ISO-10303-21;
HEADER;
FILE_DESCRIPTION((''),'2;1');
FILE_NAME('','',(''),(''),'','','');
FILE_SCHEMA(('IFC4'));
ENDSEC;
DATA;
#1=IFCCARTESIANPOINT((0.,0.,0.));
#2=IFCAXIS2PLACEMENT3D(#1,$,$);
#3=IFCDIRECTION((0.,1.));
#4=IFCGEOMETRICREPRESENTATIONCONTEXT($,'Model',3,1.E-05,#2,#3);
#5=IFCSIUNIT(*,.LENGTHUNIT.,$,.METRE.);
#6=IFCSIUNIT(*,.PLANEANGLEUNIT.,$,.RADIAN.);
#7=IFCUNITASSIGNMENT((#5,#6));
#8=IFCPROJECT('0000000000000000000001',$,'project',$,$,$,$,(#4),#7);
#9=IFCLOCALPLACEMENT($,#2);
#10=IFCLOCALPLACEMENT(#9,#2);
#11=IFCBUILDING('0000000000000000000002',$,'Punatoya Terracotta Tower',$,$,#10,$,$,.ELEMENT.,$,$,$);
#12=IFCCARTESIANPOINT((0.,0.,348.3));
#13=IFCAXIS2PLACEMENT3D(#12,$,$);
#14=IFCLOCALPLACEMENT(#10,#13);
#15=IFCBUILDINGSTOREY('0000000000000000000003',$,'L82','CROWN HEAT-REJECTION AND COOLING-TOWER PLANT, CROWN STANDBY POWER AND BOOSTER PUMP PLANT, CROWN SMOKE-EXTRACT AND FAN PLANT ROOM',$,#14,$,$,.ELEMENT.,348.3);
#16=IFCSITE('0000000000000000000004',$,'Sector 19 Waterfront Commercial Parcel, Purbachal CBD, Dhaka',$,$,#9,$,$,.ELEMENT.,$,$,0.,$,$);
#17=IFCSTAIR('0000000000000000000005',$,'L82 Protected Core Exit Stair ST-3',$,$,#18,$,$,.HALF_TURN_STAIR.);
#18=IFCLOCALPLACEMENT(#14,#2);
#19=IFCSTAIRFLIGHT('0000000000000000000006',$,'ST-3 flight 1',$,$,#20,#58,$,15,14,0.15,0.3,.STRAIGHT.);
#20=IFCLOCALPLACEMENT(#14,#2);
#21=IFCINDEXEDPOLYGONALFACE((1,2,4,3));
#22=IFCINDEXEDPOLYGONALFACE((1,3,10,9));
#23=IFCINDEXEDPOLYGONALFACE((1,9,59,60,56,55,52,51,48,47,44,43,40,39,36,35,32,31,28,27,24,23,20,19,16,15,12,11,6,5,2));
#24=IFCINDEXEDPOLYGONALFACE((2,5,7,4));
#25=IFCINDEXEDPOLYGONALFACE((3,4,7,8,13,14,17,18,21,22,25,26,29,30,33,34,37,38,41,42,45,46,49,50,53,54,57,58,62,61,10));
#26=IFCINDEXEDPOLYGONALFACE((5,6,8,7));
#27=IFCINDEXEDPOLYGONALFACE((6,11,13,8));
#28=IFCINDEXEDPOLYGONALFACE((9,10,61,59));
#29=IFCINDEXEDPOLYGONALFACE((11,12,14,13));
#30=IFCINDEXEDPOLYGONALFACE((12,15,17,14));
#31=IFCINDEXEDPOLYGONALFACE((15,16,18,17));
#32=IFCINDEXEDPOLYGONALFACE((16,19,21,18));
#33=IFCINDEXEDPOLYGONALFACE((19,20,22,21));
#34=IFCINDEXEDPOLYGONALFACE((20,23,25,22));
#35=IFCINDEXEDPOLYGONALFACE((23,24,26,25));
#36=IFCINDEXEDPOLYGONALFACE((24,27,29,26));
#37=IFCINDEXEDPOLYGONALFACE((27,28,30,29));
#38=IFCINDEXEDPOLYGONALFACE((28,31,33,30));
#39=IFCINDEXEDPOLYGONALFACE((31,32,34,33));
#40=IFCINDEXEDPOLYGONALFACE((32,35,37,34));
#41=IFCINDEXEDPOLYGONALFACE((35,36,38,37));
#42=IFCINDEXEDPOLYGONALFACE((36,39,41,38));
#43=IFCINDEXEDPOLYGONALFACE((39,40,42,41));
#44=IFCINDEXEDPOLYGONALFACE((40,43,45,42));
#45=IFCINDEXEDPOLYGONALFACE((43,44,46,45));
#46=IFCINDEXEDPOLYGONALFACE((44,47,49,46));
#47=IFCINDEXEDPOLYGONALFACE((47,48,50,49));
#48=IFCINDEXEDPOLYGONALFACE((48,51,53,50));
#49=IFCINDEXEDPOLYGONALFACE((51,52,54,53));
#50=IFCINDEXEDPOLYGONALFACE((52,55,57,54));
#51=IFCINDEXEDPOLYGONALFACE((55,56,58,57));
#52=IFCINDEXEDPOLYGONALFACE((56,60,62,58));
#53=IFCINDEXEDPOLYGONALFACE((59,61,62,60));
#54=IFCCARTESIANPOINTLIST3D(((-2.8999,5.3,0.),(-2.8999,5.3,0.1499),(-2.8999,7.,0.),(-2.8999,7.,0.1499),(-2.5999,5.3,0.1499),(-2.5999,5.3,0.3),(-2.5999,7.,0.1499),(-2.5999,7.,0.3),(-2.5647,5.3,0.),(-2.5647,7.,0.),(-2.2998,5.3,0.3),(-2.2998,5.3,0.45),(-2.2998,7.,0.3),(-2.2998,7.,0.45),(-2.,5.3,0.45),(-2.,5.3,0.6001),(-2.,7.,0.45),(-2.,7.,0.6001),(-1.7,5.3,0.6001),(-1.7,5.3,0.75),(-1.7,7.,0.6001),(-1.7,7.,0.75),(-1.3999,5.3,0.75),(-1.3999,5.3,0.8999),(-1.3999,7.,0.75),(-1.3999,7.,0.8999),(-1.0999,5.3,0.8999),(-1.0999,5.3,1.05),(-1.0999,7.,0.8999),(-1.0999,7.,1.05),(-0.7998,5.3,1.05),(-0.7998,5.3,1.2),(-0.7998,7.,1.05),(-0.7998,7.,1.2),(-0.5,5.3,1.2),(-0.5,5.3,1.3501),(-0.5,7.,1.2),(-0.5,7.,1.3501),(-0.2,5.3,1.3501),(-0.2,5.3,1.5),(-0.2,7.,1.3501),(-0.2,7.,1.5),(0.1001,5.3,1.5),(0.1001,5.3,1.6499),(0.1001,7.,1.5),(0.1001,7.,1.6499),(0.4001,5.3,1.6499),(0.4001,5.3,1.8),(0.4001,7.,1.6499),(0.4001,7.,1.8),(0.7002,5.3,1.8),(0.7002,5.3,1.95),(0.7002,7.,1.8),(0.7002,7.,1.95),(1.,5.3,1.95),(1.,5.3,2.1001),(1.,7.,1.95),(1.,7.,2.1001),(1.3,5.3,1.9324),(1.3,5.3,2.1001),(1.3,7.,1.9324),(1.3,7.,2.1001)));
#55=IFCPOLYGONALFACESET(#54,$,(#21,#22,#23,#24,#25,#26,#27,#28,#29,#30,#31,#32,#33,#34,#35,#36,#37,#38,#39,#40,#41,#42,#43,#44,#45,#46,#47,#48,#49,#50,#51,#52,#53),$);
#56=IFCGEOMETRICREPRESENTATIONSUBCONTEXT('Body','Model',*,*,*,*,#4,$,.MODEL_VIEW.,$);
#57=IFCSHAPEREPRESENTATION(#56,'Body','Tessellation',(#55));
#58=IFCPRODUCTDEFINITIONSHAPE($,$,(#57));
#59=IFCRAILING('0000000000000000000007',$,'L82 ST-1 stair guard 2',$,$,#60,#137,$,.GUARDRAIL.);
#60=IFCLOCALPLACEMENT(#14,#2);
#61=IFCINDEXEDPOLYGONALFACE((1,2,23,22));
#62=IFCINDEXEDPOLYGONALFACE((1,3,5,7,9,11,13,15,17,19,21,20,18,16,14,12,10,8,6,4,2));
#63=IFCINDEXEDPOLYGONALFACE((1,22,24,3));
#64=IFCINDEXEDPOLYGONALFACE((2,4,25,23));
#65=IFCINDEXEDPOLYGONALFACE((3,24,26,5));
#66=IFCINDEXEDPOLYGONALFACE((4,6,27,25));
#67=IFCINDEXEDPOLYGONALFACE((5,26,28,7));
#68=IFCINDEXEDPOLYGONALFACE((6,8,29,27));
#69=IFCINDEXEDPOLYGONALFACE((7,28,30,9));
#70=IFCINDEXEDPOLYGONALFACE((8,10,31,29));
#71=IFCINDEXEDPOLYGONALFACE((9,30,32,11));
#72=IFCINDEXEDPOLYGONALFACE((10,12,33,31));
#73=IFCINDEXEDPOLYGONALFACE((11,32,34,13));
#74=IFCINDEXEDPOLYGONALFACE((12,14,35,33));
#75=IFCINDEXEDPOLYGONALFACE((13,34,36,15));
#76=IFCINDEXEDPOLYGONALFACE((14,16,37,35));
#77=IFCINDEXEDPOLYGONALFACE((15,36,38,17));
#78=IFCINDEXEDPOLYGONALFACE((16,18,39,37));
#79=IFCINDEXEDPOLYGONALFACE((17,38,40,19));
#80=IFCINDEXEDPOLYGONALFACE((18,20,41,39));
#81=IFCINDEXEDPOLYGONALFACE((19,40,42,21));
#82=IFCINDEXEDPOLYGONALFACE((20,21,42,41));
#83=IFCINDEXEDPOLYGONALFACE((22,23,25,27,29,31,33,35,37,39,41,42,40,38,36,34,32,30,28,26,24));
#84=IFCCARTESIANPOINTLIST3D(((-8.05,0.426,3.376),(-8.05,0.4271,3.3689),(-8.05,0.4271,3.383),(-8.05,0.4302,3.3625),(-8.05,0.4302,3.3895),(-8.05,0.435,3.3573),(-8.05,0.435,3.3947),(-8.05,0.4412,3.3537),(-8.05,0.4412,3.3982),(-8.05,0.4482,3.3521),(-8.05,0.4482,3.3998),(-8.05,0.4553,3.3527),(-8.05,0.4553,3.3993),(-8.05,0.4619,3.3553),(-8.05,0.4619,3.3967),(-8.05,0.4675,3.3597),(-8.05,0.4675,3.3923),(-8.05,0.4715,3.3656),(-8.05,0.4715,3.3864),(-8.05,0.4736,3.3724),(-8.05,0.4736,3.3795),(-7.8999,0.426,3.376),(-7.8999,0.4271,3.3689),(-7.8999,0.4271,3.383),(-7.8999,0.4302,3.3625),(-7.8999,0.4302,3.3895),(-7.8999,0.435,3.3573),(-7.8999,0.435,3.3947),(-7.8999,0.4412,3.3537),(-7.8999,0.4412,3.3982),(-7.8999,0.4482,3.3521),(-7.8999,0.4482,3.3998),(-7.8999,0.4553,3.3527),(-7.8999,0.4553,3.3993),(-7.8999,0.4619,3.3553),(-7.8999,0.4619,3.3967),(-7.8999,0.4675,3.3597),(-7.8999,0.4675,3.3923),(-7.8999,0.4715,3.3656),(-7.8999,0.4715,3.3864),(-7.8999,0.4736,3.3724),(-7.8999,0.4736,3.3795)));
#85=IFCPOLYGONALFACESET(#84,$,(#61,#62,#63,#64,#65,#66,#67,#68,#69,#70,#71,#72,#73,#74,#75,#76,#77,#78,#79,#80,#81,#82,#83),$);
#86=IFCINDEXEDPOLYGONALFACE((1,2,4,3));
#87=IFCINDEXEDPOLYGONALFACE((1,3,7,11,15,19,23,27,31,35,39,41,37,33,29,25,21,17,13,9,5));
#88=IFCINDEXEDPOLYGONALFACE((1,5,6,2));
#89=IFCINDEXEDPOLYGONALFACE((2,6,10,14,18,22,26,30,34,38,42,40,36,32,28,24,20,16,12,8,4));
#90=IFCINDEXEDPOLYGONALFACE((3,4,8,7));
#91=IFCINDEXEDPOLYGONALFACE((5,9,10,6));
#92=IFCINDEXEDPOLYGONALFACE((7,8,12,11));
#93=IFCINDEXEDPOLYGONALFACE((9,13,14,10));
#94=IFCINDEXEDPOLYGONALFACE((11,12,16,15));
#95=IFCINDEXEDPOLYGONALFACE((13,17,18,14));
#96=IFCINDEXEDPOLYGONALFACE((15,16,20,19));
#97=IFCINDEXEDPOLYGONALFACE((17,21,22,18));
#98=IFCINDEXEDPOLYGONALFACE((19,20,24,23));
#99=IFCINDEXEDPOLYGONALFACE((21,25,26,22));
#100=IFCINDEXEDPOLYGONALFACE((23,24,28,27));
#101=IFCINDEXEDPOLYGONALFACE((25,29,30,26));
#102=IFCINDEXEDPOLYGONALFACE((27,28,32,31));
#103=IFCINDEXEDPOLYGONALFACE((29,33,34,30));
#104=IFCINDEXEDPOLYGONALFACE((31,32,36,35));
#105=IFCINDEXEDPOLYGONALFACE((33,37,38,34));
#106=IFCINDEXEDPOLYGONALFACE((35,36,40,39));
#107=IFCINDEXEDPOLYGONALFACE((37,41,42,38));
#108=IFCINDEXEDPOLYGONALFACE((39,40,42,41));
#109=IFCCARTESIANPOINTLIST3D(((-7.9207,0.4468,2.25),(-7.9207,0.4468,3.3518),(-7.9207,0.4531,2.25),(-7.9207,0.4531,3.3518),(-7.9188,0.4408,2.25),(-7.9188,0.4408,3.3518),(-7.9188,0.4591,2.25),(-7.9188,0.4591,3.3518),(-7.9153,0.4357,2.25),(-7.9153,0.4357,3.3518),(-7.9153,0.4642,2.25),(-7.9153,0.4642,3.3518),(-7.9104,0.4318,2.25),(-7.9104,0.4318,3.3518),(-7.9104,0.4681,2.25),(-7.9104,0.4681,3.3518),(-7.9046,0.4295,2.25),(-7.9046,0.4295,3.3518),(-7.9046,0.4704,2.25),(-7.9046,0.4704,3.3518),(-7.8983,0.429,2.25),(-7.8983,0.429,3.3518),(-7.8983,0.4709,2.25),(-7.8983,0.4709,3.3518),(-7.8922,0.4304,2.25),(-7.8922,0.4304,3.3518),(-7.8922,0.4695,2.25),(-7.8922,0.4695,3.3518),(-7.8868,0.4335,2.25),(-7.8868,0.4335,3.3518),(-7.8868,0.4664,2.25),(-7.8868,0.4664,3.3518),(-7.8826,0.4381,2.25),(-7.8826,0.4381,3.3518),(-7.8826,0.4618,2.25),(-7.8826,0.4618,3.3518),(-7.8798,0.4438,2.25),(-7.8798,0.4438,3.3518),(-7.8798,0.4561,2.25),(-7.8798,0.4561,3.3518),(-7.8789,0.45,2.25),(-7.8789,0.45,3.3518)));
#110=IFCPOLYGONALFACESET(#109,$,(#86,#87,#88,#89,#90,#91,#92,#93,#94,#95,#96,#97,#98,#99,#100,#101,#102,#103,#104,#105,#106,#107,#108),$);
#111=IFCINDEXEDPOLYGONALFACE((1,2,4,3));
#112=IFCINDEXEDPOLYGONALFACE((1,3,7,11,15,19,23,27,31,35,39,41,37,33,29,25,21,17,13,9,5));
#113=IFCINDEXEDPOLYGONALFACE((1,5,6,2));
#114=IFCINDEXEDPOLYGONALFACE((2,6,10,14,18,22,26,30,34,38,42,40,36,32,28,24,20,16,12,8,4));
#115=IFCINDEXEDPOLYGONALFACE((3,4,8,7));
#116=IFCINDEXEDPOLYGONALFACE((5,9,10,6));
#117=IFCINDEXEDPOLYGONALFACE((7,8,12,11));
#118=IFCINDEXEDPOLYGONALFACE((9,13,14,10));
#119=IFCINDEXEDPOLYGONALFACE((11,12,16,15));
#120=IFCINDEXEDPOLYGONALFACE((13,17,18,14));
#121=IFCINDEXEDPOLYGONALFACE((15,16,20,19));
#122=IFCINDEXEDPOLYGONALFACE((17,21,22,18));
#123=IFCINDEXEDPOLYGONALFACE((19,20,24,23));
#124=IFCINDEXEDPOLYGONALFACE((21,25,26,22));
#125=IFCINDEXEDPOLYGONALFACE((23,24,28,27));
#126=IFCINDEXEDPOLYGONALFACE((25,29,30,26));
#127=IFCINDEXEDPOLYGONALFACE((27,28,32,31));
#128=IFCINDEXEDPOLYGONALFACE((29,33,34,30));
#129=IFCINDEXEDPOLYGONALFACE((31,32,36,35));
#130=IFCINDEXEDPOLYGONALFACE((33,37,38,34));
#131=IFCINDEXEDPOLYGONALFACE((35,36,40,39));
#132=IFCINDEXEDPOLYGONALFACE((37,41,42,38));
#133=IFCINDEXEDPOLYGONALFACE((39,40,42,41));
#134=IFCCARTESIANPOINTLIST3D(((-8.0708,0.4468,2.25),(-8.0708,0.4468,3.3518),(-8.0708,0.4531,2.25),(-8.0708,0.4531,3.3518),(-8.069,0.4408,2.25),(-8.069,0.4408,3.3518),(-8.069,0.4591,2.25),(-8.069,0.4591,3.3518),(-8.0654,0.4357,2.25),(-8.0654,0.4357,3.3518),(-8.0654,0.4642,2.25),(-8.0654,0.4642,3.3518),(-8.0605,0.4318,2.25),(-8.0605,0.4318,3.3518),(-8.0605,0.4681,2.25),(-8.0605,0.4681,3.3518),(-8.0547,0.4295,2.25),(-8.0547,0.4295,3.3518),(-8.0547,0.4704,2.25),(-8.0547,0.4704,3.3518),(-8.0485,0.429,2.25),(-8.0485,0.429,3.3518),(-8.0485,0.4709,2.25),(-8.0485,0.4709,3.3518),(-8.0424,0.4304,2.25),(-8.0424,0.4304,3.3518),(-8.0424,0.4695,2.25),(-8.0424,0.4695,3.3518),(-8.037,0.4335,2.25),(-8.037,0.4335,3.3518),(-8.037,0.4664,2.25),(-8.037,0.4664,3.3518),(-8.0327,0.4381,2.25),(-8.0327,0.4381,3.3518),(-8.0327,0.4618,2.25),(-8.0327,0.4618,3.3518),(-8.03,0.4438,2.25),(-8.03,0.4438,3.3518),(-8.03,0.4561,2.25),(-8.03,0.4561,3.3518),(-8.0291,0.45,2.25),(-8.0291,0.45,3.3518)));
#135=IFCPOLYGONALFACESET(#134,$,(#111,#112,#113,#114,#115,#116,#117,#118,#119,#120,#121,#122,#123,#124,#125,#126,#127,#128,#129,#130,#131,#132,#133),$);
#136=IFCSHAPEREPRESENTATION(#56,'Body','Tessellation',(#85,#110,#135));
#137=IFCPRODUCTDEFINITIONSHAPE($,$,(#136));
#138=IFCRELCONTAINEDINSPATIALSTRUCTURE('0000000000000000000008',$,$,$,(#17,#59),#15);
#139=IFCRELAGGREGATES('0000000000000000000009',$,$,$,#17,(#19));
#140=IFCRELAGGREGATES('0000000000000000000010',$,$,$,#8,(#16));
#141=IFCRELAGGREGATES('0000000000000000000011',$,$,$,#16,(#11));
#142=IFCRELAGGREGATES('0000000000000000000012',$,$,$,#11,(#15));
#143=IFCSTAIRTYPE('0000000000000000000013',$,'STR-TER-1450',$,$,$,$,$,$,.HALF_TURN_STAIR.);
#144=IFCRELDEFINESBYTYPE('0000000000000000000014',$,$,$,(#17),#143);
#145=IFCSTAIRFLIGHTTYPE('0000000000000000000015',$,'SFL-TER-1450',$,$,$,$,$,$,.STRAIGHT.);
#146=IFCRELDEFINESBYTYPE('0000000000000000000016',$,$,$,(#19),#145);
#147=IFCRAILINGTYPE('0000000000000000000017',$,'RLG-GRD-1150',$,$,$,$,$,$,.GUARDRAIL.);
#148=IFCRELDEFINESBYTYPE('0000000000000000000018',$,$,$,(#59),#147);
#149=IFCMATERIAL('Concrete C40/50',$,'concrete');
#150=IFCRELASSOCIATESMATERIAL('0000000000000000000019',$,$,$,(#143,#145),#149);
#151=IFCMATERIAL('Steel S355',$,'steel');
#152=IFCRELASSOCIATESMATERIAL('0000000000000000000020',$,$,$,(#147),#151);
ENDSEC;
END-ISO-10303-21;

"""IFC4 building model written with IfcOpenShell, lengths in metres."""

from ifc_helpers import new_model, si_unit, direction, frame, origin, origin_2d, place, context, subcontext, project, spatial, polyline, circle, outline, extrude, material, type_object, element, aggregate, save


model = new_model("IFC4")

# Units and contexts
model_context = context("Model", 3, precision=1e-05, world=origin(), true_north=direction((0.0, 1.0)))
body_context = subcontext(model_context, "Body", "Model", "MODEL_VIEW")
ifc_project = project(units=[si_unit("LENGTHUNIT", "METRE"), si_unit("PLANEANGLEUNIT", "RADIAN")], contexts=[model_context])

# Site, building, storey
site_placement = place(None, origin())
site = spatial("IfcSite", under=ifc_project, at=site_placement, Name="Sector 19 Waterfront Commercial Parcel, Purbachal CBD, Dhaka", CompositionType="ELEMENT", RefElevation=0.0)
building_placement = place(site_placement, origin())
building = spatial("IfcBuilding", under=site, at=building_placement, Name="Punatoya Terracotta Tower", CompositionType="ELEMENT")
storey_placement = place(building_placement, frame((0.0, 0.0, 348.3)))
storey = spatial("IfcBuildingStorey", under=building, at=storey_placement, Name="L82", Description="CROWN HEAT-REJECTION AND COOLING-TOWER PLANT, CROWN STANDBY POWER AND BOOSTER PUMP PLANT, CROWN SMOKE-EXTRACT AND FAN PLANT ROOM", CompositionType="ELEMENT", Elevation=348.3)

# Shared definitions
ifc_material_1 = material(Name="Steel S355", Category="steel")

# Shared definitions
ifc_material_2 = material(Name="Concrete C40/50", Category="concrete")

# Stair, stair flight
stair_type_1 = type_object("IfcStairType", Name="STR-TER-1450", PredefinedType="HALF_TURN_STAIR", material=ifc_material_2)
stair_1_placement = place(storey_placement, origin())
stair_1 = element("IfcStair", 1, at=stair_1_placement, inside=storey, type_object=stair_type_1, Name="L82 Protected Core Exit Stair ST-3", PredefinedType="HALF_TURN_STAIR")
stair_flight_type_1 = type_object("IfcStairFlightType", Name="SFL-TER-1450", PredefinedType="STRAIGHT", material=ifc_material_2)
stair_flight_1_placement = place(storey_placement, frame((-2.8999, 6.1499, 0.0), z_axis=(0.0, 0.0, 1.0), x_axis=(1.0, 0.0, 0.0)))
stair_flight_1 = element("IfcStairFlight", 2, at=stair_flight_1_placement, type_object=stair_flight_type_1, Name="ST-3 flight 1", NumberOfRisers=15, NumberOfTreads=14, PredefinedType="STRAIGHT", RiserHeight=0.15, TreadLength=0.3, context=body_context, shape_type="SweptSolid", body=[
    extrude(outline(polyline([(0.0, 0.0), (0.0, 0.1499), (0.3, 0.1499), (0.3, 0.3), (0.6001, 0.3), (0.6001, 0.45), (0.8999, 0.45), (0.8999, 0.6001), (1.2, 0.6001), (1.2, 0.75), (1.5, 0.75), (1.5, 0.8999), (1.8, 0.8999), (1.8, 1.05), (2.1001, 1.05), (2.1001, 1.2), (2.3999, 1.2), (2.3999, 1.3501), (2.7, 1.3501), (2.7, 1.5), (3.0, 1.5), (3.0, 1.6499), (3.3, 1.6499), (3.3, 1.8), (3.6001, 1.8), (3.6001, 1.95), (3.8999, 1.95), (3.8999, 2.1001), (4.2, 2.1001), (4.2, 2.25), (4.2, 1.9324), (0.3352, 0.0), (0.0, 0.0)])), frame((0.0, 0.8501, 0.0), z_axis=(0.0, -1.0, 0.0), x_axis=(1.0, 0.0, 0.0)), (0.0, 0.0, 1.0), 1.7),
])
aggregate(stair_1, [stair_flight_1])

# Railing
railing_type_1 = type_object("IfcRailingType", Name="RLG-GRD-1150", PredefinedType="GUARDRAIL", material=ifc_material_1)
railing_1_placement = place(storey_placement, frame((-7.8999, 0.45, 2.25)))
element("IfcRailing", 3, at=railing_1_placement, inside=storey, type_object=railing_type_1, Name="L82 ST-1 stair guard 2", PredefinedType="GUARDRAIL", context=body_context, shape_type="SweptSolid", body=[
    extrude(circle(Radius=0.0239, at=origin_2d()), frame((0.0, 0.0, 1.126), z_axis=(-1.0, 0.0, 0.0), x_axis=(0.0, -1.0, 0.0)), (0.0, 0.0, 1.0), 0.1501),
    extrude(circle(Radius=0.021, at=origin_2d()), origin(), (0.0, 0.0, 1.0), 1.1018),
    extrude(circle(Radius=0.021, at=origin_2d()), frame((-0.1501, 0.0, 0.0)), (0.0, 0.0, 1.0), 1.1018),
])

save(model, "model.ifc")
